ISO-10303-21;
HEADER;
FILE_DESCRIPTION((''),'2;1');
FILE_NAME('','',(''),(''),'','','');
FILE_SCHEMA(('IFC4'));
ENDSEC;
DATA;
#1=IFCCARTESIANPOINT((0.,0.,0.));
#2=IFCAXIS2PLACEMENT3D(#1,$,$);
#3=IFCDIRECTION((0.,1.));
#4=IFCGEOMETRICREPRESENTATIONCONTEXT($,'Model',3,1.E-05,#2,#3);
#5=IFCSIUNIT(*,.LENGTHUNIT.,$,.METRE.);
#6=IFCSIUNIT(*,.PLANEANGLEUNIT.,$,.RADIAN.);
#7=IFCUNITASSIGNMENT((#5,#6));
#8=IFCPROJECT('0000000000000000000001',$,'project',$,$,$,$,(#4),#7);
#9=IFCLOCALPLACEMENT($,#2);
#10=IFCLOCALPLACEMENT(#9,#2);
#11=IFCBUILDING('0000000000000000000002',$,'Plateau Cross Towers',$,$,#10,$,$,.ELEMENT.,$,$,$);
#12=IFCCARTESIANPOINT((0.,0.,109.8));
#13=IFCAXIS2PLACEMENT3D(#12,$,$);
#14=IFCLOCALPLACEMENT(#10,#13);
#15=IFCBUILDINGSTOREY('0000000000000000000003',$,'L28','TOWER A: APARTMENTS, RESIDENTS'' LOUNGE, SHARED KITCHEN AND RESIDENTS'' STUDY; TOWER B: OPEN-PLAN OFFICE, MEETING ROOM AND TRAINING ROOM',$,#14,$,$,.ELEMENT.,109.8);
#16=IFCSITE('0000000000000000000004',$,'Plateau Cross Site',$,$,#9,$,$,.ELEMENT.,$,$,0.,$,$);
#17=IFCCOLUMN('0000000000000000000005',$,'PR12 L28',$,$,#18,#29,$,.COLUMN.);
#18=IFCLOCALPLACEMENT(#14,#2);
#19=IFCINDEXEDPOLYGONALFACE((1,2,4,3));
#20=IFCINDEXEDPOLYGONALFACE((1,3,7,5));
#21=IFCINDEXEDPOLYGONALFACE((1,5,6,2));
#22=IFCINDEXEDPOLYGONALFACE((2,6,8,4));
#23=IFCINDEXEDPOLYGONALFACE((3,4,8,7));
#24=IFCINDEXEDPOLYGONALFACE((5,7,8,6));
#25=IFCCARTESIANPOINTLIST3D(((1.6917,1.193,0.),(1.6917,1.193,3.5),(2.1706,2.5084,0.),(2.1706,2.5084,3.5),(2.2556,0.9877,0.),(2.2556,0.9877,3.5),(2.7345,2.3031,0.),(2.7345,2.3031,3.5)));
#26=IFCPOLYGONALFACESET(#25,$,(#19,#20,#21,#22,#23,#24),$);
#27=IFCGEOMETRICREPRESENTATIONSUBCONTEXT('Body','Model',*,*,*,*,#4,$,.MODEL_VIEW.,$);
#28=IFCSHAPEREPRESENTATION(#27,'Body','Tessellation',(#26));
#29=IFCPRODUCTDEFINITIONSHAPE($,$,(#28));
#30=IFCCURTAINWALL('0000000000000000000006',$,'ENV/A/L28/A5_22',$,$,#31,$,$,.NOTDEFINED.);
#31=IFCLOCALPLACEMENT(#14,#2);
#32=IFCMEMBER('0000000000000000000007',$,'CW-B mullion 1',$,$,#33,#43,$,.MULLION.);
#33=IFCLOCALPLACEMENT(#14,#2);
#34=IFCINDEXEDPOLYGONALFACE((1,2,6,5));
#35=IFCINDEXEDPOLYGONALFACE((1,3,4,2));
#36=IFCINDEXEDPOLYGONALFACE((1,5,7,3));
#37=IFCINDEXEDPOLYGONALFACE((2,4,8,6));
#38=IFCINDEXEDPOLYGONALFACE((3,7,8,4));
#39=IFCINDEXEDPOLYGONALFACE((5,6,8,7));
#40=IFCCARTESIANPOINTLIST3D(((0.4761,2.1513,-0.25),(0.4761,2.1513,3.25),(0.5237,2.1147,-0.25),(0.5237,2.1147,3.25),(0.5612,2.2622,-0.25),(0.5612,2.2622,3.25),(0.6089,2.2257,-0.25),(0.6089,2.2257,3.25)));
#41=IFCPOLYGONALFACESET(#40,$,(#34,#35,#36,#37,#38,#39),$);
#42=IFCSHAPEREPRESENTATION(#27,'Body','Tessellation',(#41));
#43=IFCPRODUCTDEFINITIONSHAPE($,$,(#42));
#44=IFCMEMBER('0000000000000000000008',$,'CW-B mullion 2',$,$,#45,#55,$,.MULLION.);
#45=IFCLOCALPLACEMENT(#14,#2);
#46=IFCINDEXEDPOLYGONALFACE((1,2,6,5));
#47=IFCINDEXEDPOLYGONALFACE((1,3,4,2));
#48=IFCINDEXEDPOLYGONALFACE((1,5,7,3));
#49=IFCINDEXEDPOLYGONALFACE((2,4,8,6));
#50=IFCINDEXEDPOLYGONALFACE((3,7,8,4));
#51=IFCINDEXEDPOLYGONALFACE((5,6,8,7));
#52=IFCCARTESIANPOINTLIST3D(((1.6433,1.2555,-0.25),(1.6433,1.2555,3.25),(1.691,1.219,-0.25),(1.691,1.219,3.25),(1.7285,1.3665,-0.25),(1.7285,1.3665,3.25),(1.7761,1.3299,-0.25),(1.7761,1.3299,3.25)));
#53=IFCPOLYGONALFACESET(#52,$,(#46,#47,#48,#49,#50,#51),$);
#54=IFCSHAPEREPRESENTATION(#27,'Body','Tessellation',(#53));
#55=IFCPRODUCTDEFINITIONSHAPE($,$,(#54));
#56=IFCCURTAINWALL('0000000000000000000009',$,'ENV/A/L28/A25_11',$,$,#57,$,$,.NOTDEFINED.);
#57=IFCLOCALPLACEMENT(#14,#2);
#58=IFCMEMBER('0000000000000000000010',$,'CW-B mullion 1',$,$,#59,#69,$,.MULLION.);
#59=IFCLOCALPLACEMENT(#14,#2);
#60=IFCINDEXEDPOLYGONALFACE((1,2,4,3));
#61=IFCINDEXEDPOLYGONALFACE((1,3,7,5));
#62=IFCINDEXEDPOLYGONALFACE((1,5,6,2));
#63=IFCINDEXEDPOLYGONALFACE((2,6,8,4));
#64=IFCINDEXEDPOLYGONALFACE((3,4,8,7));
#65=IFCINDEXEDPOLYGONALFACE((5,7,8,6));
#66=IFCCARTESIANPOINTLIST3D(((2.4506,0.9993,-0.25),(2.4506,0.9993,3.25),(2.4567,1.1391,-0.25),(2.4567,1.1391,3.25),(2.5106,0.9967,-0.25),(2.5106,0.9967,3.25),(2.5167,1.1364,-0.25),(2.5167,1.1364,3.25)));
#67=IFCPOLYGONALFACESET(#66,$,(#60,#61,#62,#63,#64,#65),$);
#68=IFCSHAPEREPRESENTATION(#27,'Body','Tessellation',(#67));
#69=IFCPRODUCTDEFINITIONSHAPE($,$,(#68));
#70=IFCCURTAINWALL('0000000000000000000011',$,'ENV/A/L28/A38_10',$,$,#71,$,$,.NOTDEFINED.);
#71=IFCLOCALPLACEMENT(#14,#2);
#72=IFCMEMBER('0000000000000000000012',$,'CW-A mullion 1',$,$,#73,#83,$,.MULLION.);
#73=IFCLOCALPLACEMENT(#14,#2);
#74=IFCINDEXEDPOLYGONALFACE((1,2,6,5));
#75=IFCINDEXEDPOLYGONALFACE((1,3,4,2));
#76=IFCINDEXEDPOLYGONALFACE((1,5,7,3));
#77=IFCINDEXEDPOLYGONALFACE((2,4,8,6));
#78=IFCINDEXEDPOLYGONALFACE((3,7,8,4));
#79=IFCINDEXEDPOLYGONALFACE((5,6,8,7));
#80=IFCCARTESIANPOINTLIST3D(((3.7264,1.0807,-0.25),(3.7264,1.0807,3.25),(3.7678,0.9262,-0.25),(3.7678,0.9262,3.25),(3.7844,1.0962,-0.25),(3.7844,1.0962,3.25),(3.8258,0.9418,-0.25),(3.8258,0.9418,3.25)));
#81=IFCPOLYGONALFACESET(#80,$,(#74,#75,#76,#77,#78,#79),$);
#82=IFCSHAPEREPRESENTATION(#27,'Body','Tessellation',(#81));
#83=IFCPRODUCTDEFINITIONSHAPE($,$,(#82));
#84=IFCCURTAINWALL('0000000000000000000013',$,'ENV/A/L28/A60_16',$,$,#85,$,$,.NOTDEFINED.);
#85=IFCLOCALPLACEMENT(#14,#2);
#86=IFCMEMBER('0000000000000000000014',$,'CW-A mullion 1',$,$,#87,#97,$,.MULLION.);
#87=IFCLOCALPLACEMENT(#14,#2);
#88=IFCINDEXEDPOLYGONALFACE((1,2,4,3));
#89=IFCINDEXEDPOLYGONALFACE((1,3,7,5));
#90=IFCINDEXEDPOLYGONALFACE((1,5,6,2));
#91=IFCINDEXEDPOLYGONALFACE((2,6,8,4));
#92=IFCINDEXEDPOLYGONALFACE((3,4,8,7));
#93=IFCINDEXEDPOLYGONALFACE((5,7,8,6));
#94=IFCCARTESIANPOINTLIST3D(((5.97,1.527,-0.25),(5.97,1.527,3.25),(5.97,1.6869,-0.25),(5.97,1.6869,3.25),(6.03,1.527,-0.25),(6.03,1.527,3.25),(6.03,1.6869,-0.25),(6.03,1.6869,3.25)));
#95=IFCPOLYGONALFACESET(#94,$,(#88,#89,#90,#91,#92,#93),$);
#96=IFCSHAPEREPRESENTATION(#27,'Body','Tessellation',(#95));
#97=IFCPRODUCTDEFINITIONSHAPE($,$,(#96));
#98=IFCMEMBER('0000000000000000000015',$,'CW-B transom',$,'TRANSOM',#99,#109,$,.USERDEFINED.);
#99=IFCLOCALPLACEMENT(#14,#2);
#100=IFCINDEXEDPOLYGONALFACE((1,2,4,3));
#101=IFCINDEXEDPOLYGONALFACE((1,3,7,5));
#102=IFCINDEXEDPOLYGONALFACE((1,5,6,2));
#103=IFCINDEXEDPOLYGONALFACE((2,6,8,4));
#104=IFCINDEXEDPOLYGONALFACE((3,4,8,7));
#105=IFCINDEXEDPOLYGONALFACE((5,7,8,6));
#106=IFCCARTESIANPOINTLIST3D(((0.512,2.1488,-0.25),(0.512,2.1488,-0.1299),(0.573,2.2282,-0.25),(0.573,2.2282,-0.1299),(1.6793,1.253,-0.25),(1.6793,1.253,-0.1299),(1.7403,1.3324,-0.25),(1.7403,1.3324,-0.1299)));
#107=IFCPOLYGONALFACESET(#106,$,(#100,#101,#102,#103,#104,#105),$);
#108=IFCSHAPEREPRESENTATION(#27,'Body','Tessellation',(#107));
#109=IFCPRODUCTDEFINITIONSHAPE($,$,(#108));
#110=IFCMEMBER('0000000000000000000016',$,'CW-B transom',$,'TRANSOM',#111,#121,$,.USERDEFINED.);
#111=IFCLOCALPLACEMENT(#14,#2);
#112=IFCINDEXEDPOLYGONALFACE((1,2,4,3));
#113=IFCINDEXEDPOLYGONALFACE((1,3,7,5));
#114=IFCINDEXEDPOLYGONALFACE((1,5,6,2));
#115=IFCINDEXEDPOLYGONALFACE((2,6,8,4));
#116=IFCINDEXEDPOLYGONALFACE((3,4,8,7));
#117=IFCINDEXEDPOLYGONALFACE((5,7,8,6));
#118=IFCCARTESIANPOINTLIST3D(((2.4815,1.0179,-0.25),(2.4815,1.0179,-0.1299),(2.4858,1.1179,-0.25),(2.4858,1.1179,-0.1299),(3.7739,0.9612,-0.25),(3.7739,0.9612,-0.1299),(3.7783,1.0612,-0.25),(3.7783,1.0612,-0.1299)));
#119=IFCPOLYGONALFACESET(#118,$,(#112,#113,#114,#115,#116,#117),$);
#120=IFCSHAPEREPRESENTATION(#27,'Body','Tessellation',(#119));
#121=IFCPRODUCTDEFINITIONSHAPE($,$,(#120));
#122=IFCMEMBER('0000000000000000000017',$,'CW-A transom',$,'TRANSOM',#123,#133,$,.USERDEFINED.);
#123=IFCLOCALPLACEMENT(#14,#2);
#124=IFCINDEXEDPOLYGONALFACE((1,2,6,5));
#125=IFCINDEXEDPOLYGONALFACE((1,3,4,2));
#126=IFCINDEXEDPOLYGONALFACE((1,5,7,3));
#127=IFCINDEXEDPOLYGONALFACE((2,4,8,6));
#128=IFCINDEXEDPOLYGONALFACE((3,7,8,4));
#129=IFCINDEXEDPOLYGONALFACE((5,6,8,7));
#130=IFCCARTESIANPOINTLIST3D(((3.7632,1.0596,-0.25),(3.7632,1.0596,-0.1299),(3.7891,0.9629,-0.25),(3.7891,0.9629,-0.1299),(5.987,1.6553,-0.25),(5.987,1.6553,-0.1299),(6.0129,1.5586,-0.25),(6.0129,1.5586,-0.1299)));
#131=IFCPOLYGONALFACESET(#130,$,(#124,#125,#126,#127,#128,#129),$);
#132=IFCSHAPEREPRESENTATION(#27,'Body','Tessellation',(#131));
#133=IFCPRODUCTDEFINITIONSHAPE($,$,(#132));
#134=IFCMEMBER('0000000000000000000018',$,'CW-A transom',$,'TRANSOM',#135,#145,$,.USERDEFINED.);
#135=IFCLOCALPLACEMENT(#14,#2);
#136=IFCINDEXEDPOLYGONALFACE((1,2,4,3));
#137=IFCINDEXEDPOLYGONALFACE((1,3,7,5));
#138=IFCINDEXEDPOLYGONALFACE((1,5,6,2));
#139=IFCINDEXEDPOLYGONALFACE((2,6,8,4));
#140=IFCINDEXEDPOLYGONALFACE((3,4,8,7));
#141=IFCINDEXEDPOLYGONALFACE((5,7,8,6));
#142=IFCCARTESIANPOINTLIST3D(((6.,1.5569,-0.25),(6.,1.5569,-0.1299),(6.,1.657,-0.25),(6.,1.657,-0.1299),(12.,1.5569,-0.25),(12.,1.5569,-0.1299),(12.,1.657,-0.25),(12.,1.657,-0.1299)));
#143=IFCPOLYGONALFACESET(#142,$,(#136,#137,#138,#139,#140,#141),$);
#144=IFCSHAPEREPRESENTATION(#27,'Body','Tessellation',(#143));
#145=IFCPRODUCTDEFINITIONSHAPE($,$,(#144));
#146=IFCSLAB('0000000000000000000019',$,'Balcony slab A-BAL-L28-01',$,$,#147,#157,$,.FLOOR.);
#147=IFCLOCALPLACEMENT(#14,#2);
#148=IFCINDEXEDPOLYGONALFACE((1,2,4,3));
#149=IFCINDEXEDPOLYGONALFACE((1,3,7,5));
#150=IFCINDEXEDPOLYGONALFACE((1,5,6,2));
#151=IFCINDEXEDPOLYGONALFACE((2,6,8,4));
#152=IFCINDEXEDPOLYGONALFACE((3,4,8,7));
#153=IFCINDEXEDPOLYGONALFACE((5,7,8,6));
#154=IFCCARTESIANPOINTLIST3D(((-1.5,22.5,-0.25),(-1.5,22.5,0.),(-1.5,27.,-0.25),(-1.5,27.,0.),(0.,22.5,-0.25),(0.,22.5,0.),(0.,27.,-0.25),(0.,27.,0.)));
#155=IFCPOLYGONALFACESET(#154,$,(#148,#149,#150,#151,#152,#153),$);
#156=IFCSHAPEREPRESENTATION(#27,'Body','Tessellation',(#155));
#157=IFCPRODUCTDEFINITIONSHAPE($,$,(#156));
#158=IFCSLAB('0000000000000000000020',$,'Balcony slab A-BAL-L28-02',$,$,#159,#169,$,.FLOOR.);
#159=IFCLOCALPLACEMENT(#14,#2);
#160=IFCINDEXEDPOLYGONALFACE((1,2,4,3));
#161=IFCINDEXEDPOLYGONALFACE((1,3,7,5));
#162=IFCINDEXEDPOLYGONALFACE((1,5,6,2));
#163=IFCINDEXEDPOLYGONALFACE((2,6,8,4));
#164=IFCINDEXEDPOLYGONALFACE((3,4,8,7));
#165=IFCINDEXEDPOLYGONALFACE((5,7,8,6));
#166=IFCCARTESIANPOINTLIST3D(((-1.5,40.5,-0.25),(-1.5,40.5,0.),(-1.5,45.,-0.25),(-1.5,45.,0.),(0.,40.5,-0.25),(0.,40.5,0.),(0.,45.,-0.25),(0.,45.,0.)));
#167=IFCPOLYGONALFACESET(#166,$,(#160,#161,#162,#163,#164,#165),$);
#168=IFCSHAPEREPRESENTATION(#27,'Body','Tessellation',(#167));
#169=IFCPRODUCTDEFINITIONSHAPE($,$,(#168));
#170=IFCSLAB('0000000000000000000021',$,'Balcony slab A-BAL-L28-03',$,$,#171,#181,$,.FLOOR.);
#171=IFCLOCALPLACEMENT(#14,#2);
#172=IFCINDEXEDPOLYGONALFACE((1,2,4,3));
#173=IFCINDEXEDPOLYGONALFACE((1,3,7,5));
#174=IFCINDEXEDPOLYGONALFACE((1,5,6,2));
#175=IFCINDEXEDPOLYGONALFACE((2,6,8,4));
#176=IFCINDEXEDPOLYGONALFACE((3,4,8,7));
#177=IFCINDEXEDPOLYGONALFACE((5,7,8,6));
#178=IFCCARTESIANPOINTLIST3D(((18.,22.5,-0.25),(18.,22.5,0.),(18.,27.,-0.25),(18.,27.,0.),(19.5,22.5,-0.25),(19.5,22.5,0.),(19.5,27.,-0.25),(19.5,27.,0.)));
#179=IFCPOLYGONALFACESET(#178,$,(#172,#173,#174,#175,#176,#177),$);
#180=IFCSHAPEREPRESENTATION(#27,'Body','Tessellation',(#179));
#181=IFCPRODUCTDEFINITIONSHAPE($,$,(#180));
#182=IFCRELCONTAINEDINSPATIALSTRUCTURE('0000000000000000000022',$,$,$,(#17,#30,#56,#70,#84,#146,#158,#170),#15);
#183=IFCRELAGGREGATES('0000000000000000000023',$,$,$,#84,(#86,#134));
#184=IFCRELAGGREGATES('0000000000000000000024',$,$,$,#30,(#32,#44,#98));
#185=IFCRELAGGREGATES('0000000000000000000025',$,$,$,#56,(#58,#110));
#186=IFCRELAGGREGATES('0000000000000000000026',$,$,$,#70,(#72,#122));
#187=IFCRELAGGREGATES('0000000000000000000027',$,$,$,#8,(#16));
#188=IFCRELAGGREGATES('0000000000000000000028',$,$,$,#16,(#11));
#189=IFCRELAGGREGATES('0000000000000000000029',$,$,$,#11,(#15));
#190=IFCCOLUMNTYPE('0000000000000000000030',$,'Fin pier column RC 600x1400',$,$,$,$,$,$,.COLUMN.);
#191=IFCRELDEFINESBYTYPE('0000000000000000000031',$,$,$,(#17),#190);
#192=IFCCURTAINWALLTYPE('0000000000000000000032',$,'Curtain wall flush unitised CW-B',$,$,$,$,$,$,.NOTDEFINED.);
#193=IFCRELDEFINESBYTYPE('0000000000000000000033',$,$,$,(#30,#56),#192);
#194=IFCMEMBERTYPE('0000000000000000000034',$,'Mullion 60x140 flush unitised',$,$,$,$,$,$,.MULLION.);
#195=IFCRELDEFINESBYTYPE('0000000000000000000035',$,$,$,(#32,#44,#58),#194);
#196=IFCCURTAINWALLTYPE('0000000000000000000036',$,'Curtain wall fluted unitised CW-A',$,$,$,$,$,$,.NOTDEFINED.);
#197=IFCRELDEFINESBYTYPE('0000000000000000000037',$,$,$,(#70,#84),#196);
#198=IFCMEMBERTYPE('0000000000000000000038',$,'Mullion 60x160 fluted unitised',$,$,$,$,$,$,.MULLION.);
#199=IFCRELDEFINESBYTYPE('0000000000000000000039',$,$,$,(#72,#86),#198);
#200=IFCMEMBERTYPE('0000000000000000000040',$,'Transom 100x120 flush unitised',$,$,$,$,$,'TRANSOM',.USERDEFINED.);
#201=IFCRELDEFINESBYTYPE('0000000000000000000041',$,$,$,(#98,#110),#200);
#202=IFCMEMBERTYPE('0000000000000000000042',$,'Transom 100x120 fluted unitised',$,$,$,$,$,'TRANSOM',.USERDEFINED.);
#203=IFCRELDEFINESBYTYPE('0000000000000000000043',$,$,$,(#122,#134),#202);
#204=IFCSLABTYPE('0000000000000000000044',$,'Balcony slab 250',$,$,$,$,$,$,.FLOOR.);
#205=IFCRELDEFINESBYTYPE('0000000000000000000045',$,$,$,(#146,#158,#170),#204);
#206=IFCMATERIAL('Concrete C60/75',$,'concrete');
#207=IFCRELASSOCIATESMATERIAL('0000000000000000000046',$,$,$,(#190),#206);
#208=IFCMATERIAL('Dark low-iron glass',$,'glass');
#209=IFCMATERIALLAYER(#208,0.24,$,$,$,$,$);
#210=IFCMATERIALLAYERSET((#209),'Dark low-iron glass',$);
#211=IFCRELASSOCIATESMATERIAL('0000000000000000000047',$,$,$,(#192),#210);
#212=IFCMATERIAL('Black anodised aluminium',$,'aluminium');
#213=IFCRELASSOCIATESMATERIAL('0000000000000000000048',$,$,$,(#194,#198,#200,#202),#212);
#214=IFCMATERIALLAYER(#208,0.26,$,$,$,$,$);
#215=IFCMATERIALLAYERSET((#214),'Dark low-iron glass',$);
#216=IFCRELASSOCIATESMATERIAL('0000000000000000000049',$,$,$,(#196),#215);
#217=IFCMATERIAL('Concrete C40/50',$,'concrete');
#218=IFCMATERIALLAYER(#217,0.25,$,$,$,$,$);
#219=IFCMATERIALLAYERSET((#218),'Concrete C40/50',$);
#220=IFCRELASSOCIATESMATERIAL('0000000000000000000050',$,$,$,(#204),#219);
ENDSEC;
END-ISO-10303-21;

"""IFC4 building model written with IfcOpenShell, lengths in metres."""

from ifc_helpers import new_model, si_unit, direction, frame, origin, origin_2d, place, context, subcontext, project, spatial, polyline, rectangle, outline, extrude, material, layer, layer_set, material_profile, profile_set, type_object, element, aggregate, save


model = new_model("IFC4")

# Units and contexts
model_context = context("Model", 3, precision=1e-05, world=origin(), true_north=direction((0.0, 1.0)))
body_context = subcontext(model_context, "Body", "Model", "MODEL_VIEW")
ifc_project = project(units=[si_unit("LENGTHUNIT", "METRE"), si_unit("PLANEANGLEUNIT", "RADIAN")], contexts=[model_context])

# Site, building, storey
site_placement = place(None, origin())
site = spatial("IfcSite", under=ifc_project, at=site_placement, Name="Plateau Cross Site", CompositionType="ELEMENT", RefElevation=0.0)
building_placement = place(site_placement, origin())
building = spatial("IfcBuilding", under=site, at=building_placement, Name="Plateau Cross Towers", CompositionType="ELEMENT")
storey_placement = place(building_placement, frame((0.0, 0.0, 109.8)))
storey = spatial("IfcBuildingStorey", under=building, at=storey_placement, Name="L28", Description="TOWER A: APARTMENTS, RESIDENTS' LOUNGE, SHARED KITCHEN AND RESIDENTS' STUDY; TOWER B: OPEN-PLAN OFFICE, MEETING ROOM AND TRAINING ROOM", CompositionType="ELEMENT", Elevation=109.8)

# Column
ifc_material_1 = material(Name="Concrete C60/75", Category="concrete")
ifc_material_profile_1 = material_profile(ifc_material_1, rectangle(XDim=0.6001, YDim=1.3999, at=origin_2d()), Name="RC 600x1400")
ifc_profile_set_1 = profile_set([ifc_material_profile_1], Name="Concrete C60/75")
column_type = type_object("IfcColumnType", Name="Fin pier column RC 600x1400", PredefinedType="COLUMN", material=ifc_profile_set_1)
column_placement = place(storey_placement, frame((2.2131, 1.748, 0.0), z_axis=(0.0, 0.0, 1.0), x_axis=(-0.939664, 0.342098, 0.0)))
element("IfcColumn", 1, at=column_placement, inside=storey, type_object=column_type, Name="PR12 L28", PredefinedType="COLUMN", context=body_context, shape_type="SweptSolid", body=[
    extrude(rectangle(XDim=0.6001, YDim=1.3999, at=origin_2d()), origin(), (0.0, 0.0, 1.0), 3.5),
])

# Curtain wall, members
ifc_material_2 = material(Name="Dark low-iron glass", Category="glass")
ifc_layer_1 = layer(ifc_material_2, 0.24)
ifc_layer_set_1 = layer_set([ifc_layer_1], Name="Dark low-iron glass")
curtain_wall_type_1 = type_object("IfcCurtainWallType", Name="Curtain wall flush unitised CW-B", PredefinedType="NOTDEFINED", material=ifc_layer_set_1)
curtain_wall_1_placement = place(storey_placement, origin())
curtain_wall_1 = element("IfcCurtainWall", 2, at=curtain_wall_1_placement, inside=storey, type_object=curtain_wall_type_1, Name="ENV/A/L28/A5_22", PredefinedType="NOTDEFINED")
ifc_material_3 = material(Name="Black anodised aluminium", Category="aluminium")
ifc_material_profile_2 = material_profile(ifc_material_3, rectangle(XDim=0.0601, YDim=0.1399, at=origin_2d()), Name="MULLION 60x140")
ifc_profile_set_2 = profile_set([ifc_material_profile_2], Name="Black anodised aluminium")
member_type_1 = type_object("IfcMemberType", Name="Mullion 60x140 flush unitised", PredefinedType="MULLION", material=ifc_profile_set_2)
member_1_placement = place(storey_placement, frame((0.5425, 2.1885, -0.25), z_axis=(0.0, 0.0, 1.0), x_axis=(0.793316, -0.608811, 0.0)))
member_1 = element("IfcMember", 3, at=member_1_placement, type_object=member_type_1, Name="CW-B mullion 1", PredefinedType="MULLION", context=body_context, shape_type="SweptSolid", body=[
    extrude(rectangle(XDim=0.0601, YDim=0.1399, at=origin_2d()), origin(), (0.0, 0.0, 1.0), 3.5),
])
member_2_placement = place(storey_placement, frame((1.7097, 1.2927, -0.25), z_axis=(0.0, 0.0, 1.0), x_axis=(0.793316, -0.608811, 0.0)))
member_2 = element("IfcMember", 4, at=member_2_placement, type_object=member_type_1, Name="CW-B mullion 2", PredefinedType="MULLION", context=body_context, shape_type="SweptSolid", body=[
    extrude(rectangle(XDim=0.0601, YDim=0.1399, at=origin_2d()), origin(), (0.0, 0.0, 1.0), 3.5),
])

# Curtain walls, members
curtain_wall_2_placement = place(storey_placement, origin())
curtain_wall_2 = element("IfcCurtainWall", 5, at=curtain_wall_2_placement, inside=storey, type_object=curtain_wall_type_1, Name="ENV/A/L28/A25_11", PredefinedType="NOTDEFINED")
member_3_placement = place(storey_placement, frame((2.4836, 1.0679, -0.25), z_axis=(0.0, 0.0, 1.0), x_axis=(0.999044, -0.043723, 0.0)))
member_3 = element("IfcMember", 6, at=member_3_placement, type_object=member_type_1, Name="CW-B mullion 1", PredefinedType="MULLION", context=body_context, shape_type="SweptSolid", body=[
    extrude(rectangle(XDim=0.0601, YDim=0.1399, at=origin_2d()), origin(), (0.0, 0.0, 1.0), 3.5),
])
ifc_layer_2 = layer(ifc_material_2, 0.26)
ifc_layer_set_2 = layer_set([ifc_layer_2], Name="Dark low-iron glass")
curtain_wall_type_2 = type_object("IfcCurtainWallType", Name="Curtain wall fluted unitised CW-A", PredefinedType="NOTDEFINED", material=ifc_layer_set_2)
curtain_wall_3_placement = place(storey_placement, origin())
curtain_wall_3 = element("IfcCurtainWall", 7, at=curtain_wall_3_placement, inside=storey, type_object=curtain_wall_type_2, Name="ENV/A/L28/A38_10", PredefinedType="NOTDEFINED")
ifc_material_profile_3 = material_profile(ifc_material_3, rectangle(XDim=0.0601, YDim=0.1599, at=origin_2d()), Name="MULLION 60x160")
ifc_profile_set_3 = profile_set([ifc_material_profile_3], Name="Black anodised aluminium")
member_type_2 = type_object("IfcMemberType", Name="Mullion 60x160 fluted unitised", PredefinedType="MULLION", material=ifc_profile_set_3)
member_4_placement = place(storey_placement, frame((3.7761, 1.0112, -0.25), z_axis=(0.0, 0.0, 1.0), x_axis=(0.965958, 0.258699, 0.0)))
member_4 = element("IfcMember", 8, at=member_4_placement, type_object=member_type_2, Name="CW-A mullion 1", PredefinedType="MULLION", context=body_context, shape_type="SweptSolid", body=[
    extrude(rectangle(XDim=0.0601, YDim=0.1599, at=origin_2d()), origin(), (0.0, 0.0, 1.0), 3.5),
])
curtain_wall_4_placement = place(storey_placement, origin())
curtain_wall_4 = element("IfcCurtainWall", 9, at=curtain_wall_4_placement, inside=storey, type_object=curtain_wall_type_2, Name="ENV/A/L28/A60_16", PredefinedType="NOTDEFINED")
member_5_placement = place(storey_placement, frame((6.0, 1.6069, -0.25), z_axis=(0.0, 0.0, 1.0), x_axis=(1.0, 0.0, 0.0)))
member_5 = element("IfcMember", 10, at=member_5_placement, type_object=member_type_2, Name="CW-A mullion 1", PredefinedType="MULLION", context=body_context, shape_type="SweptSolid", body=[
    extrude(rectangle(XDim=0.0601, YDim=0.1599, at=origin_2d()), origin(), (0.0, 0.0, 1.0), 3.5),
])

# Members
ifc_material_profile_4 = material_profile(ifc_material_3, rectangle(XDim=0.1001, YDim=0.1201, at=origin_2d()), Name="TRANSOM 100x120")
ifc_profile_set_4 = profile_set([ifc_material_profile_4], Name="Black anodised aluminium")
member_type_3 = type_object("IfcMemberType", Name="Transom 100x120 flush unitised", ElementType="TRANSOM", PredefinedType="USERDEFINED", material=ifc_profile_set_4)
member_6_placement = place(storey_placement, frame((0.5425, 2.1885, -0.1899), z_axis=(0.793321, -0.608804, 0.0), x_axis=(0.608804, 0.793321, 0.0)))
member_6 = element("IfcMember", 11, at=member_6_placement, type_object=member_type_3, Name="CW-B transom", ObjectType="TRANSOM", PredefinedType="USERDEFINED", context=body_context, shape_type="SweptSolid", body=[
    extrude(rectangle(XDim=0.1001, YDim=0.1201, at=origin_2d()), origin(), (0.0, 0.0, 1.0), 1.4714),
])
member_7_placement = place(storey_placement, frame((2.4836, 1.0679, -0.1899), z_axis=(0.999041, -0.043781, 0.0), x_axis=(0.043781, 0.999041, 0.0)))
member_7 = element("IfcMember", 12, at=member_7_placement, type_object=member_type_3, Name="CW-B transom", ObjectType="TRANSOM", PredefinedType="USERDEFINED", context=body_context, shape_type="SweptSolid", body=[
    extrude(rectangle(XDim=0.1001, YDim=0.1201, at=origin_2d()), origin(), (0.0, 0.0, 1.0), 1.2937),
])
ifc_material_profile_5 = material_profile(ifc_material_3, rectangle(XDim=0.1001, YDim=0.1201, at=origin_2d()), Name="TRANSOM 100x120")
ifc_profile_set_5 = profile_set([ifc_material_profile_5], Name="Black anodised aluminium")
member_type_4 = type_object("IfcMemberType", Name="Transom 100x120 fluted unitised", ElementType="TRANSOM", PredefinedType="USERDEFINED", material=ifc_profile_set_5)
member_8_placement = place(storey_placement, frame((3.7761, 1.0112, -0.1899), z_axis=(0.965946, 0.258745, 0.0), x_axis=(-0.258745, 0.965946, 0.0)))
member_8 = element("IfcMember", 13, at=member_8_placement, type_object=member_type_4, Name="CW-A transom", ObjectType="TRANSOM", PredefinedType="USERDEFINED", context=body_context, shape_type="SweptSolid", body=[
    extrude(rectangle(XDim=0.1001, YDim=0.1201, at=origin_2d()), origin(), (0.0, 0.0, 1.0), 2.3022),
])
member_9_placement = place(storey_placement, frame((6.0, 1.6069, -0.1899), z_axis=(1.0, 0.0, 0.0), x_axis=(0.0, 1.0, 0.0)))
member_9 = element("IfcMember", 14, at=member_9_placement, type_object=member_type_4, Name="CW-A transom", ObjectType="TRANSOM", PredefinedType="USERDEFINED", context=body_context, shape_type="SweptSolid", body=[
    extrude(rectangle(XDim=0.1001, YDim=0.1201, at=origin_2d()), origin(), (0.0, 0.0, 1.0), 6.0),
])
aggregate(curtain_wall_4, [member_5, member_9])

# Slabs
ifc_material_4 = material(Name="Concrete C40/50", Category="concrete")
ifc_layer_3 = layer(ifc_material_4, 0.25)
ifc_layer_set_3 = layer_set([ifc_layer_3], Name="Concrete C40/50")
slab_type_1 = type_object("IfcSlabType", Name="Balcony slab 250", PredefinedType="FLOOR", material=ifc_layer_set_3)
slab_1_placement = place(storey_placement, frame((0.0, 0.0, -0.25)))
element("IfcSlab", 15, at=slab_1_placement, inside=storey, type_object=slab_type_1, Name="Balcony slab A-BAL-L28-01", PredefinedType="FLOOR", context=body_context, shape_type="SweptSolid", body=[
    extrude(outline(polyline([(0.0, 22.5), (0.0, 27.0), (-1.5, 27.0), (-1.5, 22.5), (0.0, 22.5)])), origin(), (0.0, 0.0, 1.0), 0.25),
])
slab_2_placement = place(storey_placement, frame((0.0, 0.0, -0.25)))
element("IfcSlab", 16, at=slab_2_placement, inside=storey, type_object=slab_type_1, Name="Balcony slab A-BAL-L28-02", PredefinedType="FLOOR", context=body_context, shape_type="SweptSolid", body=[
    extrude(outline(polyline([(0.0, 40.5), (0.0, 45.0), (-1.5, 45.0), (-1.5, 40.5), (0.0, 40.5)])), origin(), (0.0, 0.0, 1.0), 0.25),
])
slab_3_placement = place(storey_placement, frame((0.0, 0.0, -0.25)))
element("IfcSlab", 17, at=slab_3_placement, inside=storey, type_object=slab_type_1, Name="Balcony slab A-BAL-L28-03", PredefinedType="FLOOR", context=body_context, shape_type="SweptSolid", body=[
    extrude(outline(polyline([(19.5, 22.5), (19.5, 27.0), (18.0, 27.0), (18.0, 22.5), (19.5, 22.5)])), origin(), (0.0, 0.0, 1.0), 0.25),
])

aggregate(curtain_wall_1, [member_1, member_2, member_6])
aggregate(curtain_wall_2, [member_3, member_7])
aggregate(curtain_wall_3, [member_4, member_8])

save(model, "model.ifc")
